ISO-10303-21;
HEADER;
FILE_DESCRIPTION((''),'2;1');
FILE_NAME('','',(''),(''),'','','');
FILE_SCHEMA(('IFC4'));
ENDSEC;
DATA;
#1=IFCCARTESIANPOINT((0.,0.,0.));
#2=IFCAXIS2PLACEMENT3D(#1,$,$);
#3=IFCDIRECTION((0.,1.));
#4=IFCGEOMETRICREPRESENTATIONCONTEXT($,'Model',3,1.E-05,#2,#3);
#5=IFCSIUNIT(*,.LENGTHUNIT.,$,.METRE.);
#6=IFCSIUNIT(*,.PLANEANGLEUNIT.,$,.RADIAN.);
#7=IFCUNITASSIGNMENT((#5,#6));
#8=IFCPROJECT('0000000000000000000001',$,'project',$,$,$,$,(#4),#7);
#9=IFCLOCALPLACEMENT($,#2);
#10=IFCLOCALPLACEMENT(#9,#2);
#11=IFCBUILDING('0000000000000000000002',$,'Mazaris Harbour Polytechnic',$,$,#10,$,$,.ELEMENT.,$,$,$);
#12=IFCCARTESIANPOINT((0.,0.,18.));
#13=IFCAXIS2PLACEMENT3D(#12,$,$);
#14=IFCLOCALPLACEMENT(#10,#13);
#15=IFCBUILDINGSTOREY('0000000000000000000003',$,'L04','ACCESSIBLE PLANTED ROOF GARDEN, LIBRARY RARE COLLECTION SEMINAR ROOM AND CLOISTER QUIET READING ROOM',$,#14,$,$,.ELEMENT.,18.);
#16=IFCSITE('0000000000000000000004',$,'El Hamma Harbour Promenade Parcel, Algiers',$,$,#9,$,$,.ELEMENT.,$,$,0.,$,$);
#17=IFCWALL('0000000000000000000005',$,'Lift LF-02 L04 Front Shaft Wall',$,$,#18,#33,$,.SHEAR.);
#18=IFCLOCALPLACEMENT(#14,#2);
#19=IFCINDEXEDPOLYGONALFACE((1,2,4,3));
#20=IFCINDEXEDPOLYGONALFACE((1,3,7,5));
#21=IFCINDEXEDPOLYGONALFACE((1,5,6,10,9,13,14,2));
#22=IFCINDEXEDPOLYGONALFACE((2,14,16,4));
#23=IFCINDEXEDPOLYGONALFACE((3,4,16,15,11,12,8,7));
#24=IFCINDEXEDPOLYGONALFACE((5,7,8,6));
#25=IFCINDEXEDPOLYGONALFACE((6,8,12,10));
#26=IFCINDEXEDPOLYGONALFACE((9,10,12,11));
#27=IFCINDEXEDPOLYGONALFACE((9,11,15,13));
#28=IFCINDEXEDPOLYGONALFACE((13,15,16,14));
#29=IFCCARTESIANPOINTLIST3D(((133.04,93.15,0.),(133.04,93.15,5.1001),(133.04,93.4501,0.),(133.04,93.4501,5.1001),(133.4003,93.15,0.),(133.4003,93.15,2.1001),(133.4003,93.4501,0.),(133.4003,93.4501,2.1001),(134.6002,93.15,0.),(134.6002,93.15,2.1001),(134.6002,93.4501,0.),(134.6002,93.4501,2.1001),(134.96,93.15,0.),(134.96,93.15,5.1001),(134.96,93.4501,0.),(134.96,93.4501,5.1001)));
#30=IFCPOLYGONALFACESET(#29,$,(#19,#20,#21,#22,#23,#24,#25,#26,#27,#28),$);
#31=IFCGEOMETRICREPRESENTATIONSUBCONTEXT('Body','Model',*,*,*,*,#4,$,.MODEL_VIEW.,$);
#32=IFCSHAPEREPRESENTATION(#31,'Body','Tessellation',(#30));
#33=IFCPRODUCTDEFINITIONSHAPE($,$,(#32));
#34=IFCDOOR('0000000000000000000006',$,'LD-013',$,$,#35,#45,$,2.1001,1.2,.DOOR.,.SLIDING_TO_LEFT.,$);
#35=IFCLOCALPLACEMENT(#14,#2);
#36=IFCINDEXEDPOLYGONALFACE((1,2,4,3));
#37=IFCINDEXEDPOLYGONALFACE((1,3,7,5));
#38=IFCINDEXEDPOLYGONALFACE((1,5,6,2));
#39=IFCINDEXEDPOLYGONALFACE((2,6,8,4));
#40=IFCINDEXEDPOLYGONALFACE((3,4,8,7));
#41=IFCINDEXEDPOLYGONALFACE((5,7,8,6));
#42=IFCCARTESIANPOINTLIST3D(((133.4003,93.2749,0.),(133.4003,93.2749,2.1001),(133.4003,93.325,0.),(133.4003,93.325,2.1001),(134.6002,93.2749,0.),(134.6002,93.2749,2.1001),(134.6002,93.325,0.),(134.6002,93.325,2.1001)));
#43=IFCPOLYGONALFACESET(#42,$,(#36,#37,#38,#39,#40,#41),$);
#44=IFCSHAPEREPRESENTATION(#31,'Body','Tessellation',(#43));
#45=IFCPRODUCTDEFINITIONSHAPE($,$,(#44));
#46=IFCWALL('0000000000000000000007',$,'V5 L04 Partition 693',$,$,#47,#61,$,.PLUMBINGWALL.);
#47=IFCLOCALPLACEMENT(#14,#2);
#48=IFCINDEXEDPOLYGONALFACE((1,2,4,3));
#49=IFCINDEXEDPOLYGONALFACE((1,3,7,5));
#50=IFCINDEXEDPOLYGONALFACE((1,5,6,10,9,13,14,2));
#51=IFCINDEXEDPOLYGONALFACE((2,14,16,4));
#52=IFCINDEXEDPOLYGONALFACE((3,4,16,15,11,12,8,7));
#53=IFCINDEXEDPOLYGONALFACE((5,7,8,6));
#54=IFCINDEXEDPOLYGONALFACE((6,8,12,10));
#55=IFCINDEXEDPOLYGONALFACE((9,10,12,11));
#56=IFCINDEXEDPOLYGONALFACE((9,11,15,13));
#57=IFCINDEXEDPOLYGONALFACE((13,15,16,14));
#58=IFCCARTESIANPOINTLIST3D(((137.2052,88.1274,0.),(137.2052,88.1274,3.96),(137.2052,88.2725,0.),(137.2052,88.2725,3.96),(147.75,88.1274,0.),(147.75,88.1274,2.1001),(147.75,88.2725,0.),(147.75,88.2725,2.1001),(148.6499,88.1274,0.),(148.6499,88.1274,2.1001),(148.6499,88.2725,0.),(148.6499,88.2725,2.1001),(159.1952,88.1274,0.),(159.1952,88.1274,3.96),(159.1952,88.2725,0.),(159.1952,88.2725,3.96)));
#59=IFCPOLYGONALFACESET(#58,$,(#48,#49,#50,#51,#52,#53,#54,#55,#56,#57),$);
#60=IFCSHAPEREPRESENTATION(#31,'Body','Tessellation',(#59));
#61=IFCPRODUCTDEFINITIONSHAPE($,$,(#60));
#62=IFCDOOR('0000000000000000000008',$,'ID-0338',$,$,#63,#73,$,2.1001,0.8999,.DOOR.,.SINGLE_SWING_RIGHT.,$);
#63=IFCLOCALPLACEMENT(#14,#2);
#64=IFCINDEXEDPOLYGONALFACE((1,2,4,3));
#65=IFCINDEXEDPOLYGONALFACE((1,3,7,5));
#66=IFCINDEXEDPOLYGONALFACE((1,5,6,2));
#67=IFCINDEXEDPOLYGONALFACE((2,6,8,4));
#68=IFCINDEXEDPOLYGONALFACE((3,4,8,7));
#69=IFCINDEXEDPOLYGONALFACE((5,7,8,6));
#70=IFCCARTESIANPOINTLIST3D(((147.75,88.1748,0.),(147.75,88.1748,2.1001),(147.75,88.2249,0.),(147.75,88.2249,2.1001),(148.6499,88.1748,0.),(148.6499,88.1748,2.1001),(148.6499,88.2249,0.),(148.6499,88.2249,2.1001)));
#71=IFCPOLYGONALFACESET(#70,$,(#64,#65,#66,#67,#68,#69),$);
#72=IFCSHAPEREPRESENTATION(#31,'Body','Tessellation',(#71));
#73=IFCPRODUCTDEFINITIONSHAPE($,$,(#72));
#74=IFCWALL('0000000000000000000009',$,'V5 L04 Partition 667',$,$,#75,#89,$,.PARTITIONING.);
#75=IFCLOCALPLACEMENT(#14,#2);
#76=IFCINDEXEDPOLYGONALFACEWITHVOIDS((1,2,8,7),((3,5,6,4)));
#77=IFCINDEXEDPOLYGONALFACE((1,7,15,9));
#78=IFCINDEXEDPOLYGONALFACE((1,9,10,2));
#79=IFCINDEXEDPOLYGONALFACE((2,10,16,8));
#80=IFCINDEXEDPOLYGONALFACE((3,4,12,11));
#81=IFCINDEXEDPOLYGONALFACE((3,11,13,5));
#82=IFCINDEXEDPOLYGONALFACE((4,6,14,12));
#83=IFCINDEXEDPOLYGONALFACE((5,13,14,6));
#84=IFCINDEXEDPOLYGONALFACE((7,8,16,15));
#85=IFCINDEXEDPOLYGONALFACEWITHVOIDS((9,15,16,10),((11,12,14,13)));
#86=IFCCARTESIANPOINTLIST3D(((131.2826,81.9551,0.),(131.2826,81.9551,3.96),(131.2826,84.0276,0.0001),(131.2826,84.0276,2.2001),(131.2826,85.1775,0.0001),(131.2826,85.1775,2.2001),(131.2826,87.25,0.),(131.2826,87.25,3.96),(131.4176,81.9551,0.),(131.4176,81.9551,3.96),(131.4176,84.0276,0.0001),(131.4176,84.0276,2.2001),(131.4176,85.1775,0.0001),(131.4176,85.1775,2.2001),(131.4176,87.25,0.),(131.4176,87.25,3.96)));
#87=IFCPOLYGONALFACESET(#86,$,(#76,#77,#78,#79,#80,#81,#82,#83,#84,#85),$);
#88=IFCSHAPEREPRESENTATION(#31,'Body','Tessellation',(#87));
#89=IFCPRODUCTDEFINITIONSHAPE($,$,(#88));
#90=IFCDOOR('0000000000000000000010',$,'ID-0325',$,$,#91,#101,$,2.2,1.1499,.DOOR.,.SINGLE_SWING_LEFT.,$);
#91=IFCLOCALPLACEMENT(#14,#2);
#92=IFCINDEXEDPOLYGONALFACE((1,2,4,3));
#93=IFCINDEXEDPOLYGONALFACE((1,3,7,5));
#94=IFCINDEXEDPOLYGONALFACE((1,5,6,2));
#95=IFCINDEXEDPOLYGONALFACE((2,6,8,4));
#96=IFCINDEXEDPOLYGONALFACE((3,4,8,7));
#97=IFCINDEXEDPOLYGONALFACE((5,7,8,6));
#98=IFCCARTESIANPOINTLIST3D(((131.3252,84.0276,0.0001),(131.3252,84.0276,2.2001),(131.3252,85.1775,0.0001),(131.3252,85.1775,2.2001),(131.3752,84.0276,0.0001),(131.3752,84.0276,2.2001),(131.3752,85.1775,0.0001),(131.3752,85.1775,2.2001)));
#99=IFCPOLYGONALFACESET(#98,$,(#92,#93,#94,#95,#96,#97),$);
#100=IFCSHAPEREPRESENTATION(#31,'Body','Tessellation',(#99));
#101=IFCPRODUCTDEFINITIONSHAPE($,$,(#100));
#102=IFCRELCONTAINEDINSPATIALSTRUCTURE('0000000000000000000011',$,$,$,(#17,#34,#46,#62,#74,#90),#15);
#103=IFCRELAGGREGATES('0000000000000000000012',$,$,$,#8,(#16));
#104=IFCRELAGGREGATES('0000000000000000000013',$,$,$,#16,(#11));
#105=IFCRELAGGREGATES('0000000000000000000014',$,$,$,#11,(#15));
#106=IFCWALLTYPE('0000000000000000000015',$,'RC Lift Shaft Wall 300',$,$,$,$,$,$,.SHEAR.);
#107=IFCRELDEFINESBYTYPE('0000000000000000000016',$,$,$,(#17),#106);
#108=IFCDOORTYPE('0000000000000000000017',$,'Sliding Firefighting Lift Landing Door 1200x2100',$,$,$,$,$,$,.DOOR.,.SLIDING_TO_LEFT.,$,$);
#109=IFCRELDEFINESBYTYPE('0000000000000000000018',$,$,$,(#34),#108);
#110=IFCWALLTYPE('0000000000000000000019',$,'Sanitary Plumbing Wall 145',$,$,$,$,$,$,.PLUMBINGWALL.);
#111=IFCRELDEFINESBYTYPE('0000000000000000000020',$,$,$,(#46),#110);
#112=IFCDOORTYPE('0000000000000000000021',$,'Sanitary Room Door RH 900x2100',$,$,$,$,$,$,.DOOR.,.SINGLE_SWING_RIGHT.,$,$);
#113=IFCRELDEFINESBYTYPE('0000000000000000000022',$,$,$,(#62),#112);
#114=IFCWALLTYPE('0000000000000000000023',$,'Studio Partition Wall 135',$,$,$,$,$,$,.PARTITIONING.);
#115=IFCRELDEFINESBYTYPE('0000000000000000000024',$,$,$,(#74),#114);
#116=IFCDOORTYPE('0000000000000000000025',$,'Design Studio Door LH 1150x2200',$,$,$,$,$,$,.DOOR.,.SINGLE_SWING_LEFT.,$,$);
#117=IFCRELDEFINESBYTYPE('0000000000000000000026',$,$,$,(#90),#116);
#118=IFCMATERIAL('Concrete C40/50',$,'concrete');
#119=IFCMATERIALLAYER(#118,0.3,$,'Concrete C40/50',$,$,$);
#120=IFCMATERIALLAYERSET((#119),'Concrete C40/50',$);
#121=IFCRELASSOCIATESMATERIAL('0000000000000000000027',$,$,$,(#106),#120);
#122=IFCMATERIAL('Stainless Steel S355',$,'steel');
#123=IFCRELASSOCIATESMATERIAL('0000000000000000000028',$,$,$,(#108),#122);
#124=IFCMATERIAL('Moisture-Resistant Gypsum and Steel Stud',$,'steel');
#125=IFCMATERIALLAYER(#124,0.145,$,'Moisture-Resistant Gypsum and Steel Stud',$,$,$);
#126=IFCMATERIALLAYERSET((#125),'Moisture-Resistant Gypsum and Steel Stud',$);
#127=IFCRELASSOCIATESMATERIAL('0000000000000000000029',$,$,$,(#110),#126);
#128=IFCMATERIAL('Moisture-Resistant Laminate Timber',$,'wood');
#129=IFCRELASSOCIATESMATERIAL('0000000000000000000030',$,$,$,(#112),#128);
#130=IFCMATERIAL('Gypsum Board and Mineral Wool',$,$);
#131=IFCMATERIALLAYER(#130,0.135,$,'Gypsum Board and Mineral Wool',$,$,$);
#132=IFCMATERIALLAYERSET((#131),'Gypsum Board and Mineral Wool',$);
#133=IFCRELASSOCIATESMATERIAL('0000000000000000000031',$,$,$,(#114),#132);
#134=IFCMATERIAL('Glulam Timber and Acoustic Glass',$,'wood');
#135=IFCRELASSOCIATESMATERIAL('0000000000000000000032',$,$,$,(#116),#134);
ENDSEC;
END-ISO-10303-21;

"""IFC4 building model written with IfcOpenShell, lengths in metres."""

from ifc_helpers import new_model, si_unit, direction, frame, frame_2d, origin, place, context, subcontext, project, spatial, rectangle, extrude, material, layer, layer_set, type_object, element, fill, save


model = new_model("IFC4")

# Units and contexts
model_context = context("Model", 3, precision=1e-05, world=origin(), true_north=direction((0.0, 1.0)))
body_context = subcontext(model_context, "Body", "Model", "MODEL_VIEW")
ifc_project = project(units=[si_unit("LENGTHUNIT", "METRE"), si_unit("PLANEANGLEUNIT", "RADIAN")], contexts=[model_context])

# Site, building, storey
site_placement = place(None, origin())
site = spatial("IfcSite", under=ifc_project, at=site_placement, Name="El Hamma Harbour Promenade Parcel, Algiers", CompositionType="ELEMENT", RefElevation=0.0)
building_placement = place(site_placement, origin())
building = spatial("IfcBuilding", under=site, at=building_placement, Name="Mazaris Harbour Polytechnic", CompositionType="ELEMENT")
storey_placement = place(building_placement, frame((0.0, 0.0, 18.0)))
storey = spatial("IfcBuildingStorey", under=building, at=storey_placement, Name="L04", Description="ACCESSIBLE PLANTED ROOF GARDEN, LIBRARY RARE COLLECTION SEMINAR ROOM AND CLOISTER QUIET READING ROOM", CompositionType="ELEMENT", Elevation=18.0)

# Shared definitions
ifc_material_1 = material(Name="Concrete C40/50", Category="concrete")
ifc_layer_1 = layer(ifc_material_1, 0.3, Name="Concrete C40/50")
ifc_layer_set_1 = layer_set([ifc_layer_1], Name="Concrete C40/50")
wall_type_1 = type_object("IfcWallType", Name="RC Lift Shaft Wall 300", PredefinedType="SHEAR", material=ifc_layer_set_1)

# Walls, openings, doors
wall_1_placement = place(storey_placement, frame((133.04, 93.3, 0.0), z_axis=(0.0, 0.0, 1.0), x_axis=(1.0, 0.0, 0.0)))
wall_1 = element("IfcWall", 1, at=wall_1_placement, inside=storey, type_object=wall_type_1, Name="Lift LF-02 L04 Front Shaft Wall", PredefinedType="SHEAR", context=body_context, shape_type="SweptSolid", body=[
    extrude(rectangle(XDim=1.9199, YDim=0.3, at=frame_2d((0.96, 0.0))), origin(), (0.0, 0.0, 1.0), 5.1001),
])
opening_1_placement = place(wall_1_placement, frame((0.3601, 0.0, 0.0)))
opening_1 = element("IfcOpeningElement", 2, at=opening_1_placement, cuts=wall_1, PredefinedType="OPENING", context=body_context, shape_type="SweptSolid", body=[
    extrude(rectangle(XDim=1.2, YDim=2.1001, at=frame_2d((0.6001, 1.05))), frame((0.0, 0.1599, 0.0), z_axis=(0.0, -1.0, 0.0), x_axis=(1.0, 0.0, 0.0)), (0.0, 0.0, 1.0), 0.3201),
])
ifc_material_2 = material(Name="Stainless Steel S355", Category="steel")
door_type_1 = type_object("IfcDoorType", Name="Sliding Firefighting Lift Landing Door 1200x2100", OperationType="SLIDING_TO_LEFT", PredefinedType="DOOR", material=ifc_material_2)
door_1_placement = place(opening_1_placement, origin())
door_1 = element("IfcDoor", 3, at=door_1_placement, inside=storey, type_object=door_type_1, Name="LD-013", OperationType="SLIDING_TO_LEFT", OverallHeight=2.1001, OverallWidth=1.2, PredefinedType="DOOR", context=body_context, shape_type="SweptSolid", body=[
    extrude(rectangle(XDim=1.2, YDim=2.1001, at=frame_2d((0.6001, 1.05))), frame((0.0, 0.0249, 0.0), z_axis=(0.0, -1.0, 0.0), x_axis=(1.0, 0.0, 0.0)), (0.0, 0.0, 1.0), 0.05),
])
fill(opening_1, door_1)
ifc_material_3 = material(Name="Moisture-Resistant Gypsum and Steel Stud", Category="steel")
ifc_layer_2 = layer(ifc_material_3, 0.145, Name="Moisture-Resistant Gypsum and Steel Stud")
ifc_layer_set_2 = layer_set([ifc_layer_2], Name="Moisture-Resistant Gypsum and Steel Stud")
wall_type_2 = type_object("IfcWallType", Name="Sanitary Plumbing Wall 145", PredefinedType="PLUMBINGWALL", material=ifc_layer_set_2)
wall_2_placement = place(storey_placement, frame((137.2051, 88.2, 0.0), z_axis=(0.0, 0.0, 1.0), x_axis=(1.0, 0.0, 0.0)))
wall_2 = element("IfcWall", 4, at=wall_2_placement, inside=storey, type_object=wall_type_2, Name="V5 L04 Partition 693", PredefinedType="PLUMBINGWALL", context=body_context, shape_type="SweptSolid", body=[
    extrude(rectangle(XDim=21.99, YDim=0.145, at=frame_2d((10.9951, 0.0))), origin(), (0.0, 0.0, 1.0), 3.96),
])
opening_2_placement = place(wall_2_placement, frame((10.5449, 0.0, 0.0)))
opening_2 = element("IfcOpeningElement", 5, at=opening_2_placement, cuts=wall_2, PredefinedType="OPENING", context=body_context, shape_type="SweptSolid", body=[
    extrude(rectangle(XDim=0.8999, YDim=2.1001, at=frame_2d((0.45, 1.05))), frame((0.0, 0.0825, 0.0), z_axis=(0.0, -1.0, 0.0), x_axis=(1.0, 0.0, 0.0)), (0.0, 0.0, 1.0), 0.165),
])
ifc_material_4 = material(Name="Moisture-Resistant Laminate Timber", Category="wood")
door_type_2 = type_object("IfcDoorType", Name="Sanitary Room Door RH 900x2100", OperationType="SINGLE_SWING_RIGHT", PredefinedType="DOOR", material=ifc_material_4)
door_2_placement = place(opening_2_placement, origin())
door_2 = element("IfcDoor", 6, at=door_2_placement, inside=storey, type_object=door_type_2, Name="ID-0338", OperationType="SINGLE_SWING_RIGHT", OverallHeight=2.1001, OverallWidth=0.8999, PredefinedType="DOOR", context=body_context, shape_type="SweptSolid", body=[
    extrude(rectangle(XDim=0.8999, YDim=2.1001, at=frame_2d((0.45, 1.05))), frame((0.0, 0.0249, 0.0), z_axis=(0.0, -1.0, 0.0), x_axis=(1.0, 0.0, 0.0)), (0.0, 0.0, 1.0), 0.05),
])
fill(opening_2, door_2)
ifc_material_5 = material(Name="Gypsum Board and Mineral Wool")
ifc_layer_3 = layer(ifc_material_5, 0.135, Name="Gypsum Board and Mineral Wool")
ifc_layer_set_3 = layer_set([ifc_layer_3], Name="Gypsum Board and Mineral Wool")
wall_type_3 = type_object("IfcWallType", Name="Studio Partition Wall 135", PredefinedType="PARTITIONING", material=ifc_layer_set_3)
wall_3_placement = place(storey_placement, frame((131.3501, 81.9551, 0.0), z_axis=(0.0, 0.0, 1.0), x_axis=(0.0, 1.0, 0.0)))
wall_3 = element("IfcWall", 7, at=wall_3_placement, inside=storey, type_object=wall_type_3, Name="V5 L04 Partition 667", PredefinedType="PARTITIONING", context=body_context, shape_type="SweptSolid", body=[
    extrude(rectangle(XDim=5.2949, YDim=0.135, at=frame_2d((2.6475, 0.0))), origin(), (0.0, 0.0, 1.0), 3.96),
])
opening_3_placement = place(wall_3_placement, frame((2.0725, 0.0, 0.0)))
opening_3 = element("IfcOpeningElement", 8, at=opening_3_placement, cuts=wall_3, PredefinedType="OPENING", context=body_context, shape_type="SweptSolid", body=[
    extrude(rectangle(XDim=1.1499, YDim=2.2, at=frame_2d((0.575, 1.1001))), frame((0.0, 0.0774, 0.0), z_axis=(0.0, -1.0, 0.0), x_axis=(1.0, 0.0, 0.0)), (0.0, 0.0, 1.0), 0.155),
])
ifc_material_6 = material(Name="Glulam Timber and Acoustic Glass", Category="wood")
door_type_3 = type_object("IfcDoorType", Name="Design Studio Door LH 1150x2200", OperationType="SINGLE_SWING_LEFT", PredefinedType="DOOR", material=ifc_material_6)
door_3_placement = place(opening_3_placement, origin())
door_3 = element("IfcDoor", 9, at=door_3_placement, inside=storey, type_object=door_type_3, Name="ID-0325", OperationType="SINGLE_SWING_LEFT", OverallHeight=2.2, OverallWidth=1.1499, PredefinedType="DOOR", context=body_context, shape_type="SweptSolid", body=[
    extrude(rectangle(XDim=1.1499, YDim=2.2, at=frame_2d((0.575, 1.1001))), frame((0.0, 0.0249, 0.0), z_axis=(0.0, -1.0, 0.0), x_axis=(1.0, 0.0, 0.0)), (0.0, 0.0, 1.0), 0.05),
])
fill(opening_3, door_3)

save(model, "model.ifc")
